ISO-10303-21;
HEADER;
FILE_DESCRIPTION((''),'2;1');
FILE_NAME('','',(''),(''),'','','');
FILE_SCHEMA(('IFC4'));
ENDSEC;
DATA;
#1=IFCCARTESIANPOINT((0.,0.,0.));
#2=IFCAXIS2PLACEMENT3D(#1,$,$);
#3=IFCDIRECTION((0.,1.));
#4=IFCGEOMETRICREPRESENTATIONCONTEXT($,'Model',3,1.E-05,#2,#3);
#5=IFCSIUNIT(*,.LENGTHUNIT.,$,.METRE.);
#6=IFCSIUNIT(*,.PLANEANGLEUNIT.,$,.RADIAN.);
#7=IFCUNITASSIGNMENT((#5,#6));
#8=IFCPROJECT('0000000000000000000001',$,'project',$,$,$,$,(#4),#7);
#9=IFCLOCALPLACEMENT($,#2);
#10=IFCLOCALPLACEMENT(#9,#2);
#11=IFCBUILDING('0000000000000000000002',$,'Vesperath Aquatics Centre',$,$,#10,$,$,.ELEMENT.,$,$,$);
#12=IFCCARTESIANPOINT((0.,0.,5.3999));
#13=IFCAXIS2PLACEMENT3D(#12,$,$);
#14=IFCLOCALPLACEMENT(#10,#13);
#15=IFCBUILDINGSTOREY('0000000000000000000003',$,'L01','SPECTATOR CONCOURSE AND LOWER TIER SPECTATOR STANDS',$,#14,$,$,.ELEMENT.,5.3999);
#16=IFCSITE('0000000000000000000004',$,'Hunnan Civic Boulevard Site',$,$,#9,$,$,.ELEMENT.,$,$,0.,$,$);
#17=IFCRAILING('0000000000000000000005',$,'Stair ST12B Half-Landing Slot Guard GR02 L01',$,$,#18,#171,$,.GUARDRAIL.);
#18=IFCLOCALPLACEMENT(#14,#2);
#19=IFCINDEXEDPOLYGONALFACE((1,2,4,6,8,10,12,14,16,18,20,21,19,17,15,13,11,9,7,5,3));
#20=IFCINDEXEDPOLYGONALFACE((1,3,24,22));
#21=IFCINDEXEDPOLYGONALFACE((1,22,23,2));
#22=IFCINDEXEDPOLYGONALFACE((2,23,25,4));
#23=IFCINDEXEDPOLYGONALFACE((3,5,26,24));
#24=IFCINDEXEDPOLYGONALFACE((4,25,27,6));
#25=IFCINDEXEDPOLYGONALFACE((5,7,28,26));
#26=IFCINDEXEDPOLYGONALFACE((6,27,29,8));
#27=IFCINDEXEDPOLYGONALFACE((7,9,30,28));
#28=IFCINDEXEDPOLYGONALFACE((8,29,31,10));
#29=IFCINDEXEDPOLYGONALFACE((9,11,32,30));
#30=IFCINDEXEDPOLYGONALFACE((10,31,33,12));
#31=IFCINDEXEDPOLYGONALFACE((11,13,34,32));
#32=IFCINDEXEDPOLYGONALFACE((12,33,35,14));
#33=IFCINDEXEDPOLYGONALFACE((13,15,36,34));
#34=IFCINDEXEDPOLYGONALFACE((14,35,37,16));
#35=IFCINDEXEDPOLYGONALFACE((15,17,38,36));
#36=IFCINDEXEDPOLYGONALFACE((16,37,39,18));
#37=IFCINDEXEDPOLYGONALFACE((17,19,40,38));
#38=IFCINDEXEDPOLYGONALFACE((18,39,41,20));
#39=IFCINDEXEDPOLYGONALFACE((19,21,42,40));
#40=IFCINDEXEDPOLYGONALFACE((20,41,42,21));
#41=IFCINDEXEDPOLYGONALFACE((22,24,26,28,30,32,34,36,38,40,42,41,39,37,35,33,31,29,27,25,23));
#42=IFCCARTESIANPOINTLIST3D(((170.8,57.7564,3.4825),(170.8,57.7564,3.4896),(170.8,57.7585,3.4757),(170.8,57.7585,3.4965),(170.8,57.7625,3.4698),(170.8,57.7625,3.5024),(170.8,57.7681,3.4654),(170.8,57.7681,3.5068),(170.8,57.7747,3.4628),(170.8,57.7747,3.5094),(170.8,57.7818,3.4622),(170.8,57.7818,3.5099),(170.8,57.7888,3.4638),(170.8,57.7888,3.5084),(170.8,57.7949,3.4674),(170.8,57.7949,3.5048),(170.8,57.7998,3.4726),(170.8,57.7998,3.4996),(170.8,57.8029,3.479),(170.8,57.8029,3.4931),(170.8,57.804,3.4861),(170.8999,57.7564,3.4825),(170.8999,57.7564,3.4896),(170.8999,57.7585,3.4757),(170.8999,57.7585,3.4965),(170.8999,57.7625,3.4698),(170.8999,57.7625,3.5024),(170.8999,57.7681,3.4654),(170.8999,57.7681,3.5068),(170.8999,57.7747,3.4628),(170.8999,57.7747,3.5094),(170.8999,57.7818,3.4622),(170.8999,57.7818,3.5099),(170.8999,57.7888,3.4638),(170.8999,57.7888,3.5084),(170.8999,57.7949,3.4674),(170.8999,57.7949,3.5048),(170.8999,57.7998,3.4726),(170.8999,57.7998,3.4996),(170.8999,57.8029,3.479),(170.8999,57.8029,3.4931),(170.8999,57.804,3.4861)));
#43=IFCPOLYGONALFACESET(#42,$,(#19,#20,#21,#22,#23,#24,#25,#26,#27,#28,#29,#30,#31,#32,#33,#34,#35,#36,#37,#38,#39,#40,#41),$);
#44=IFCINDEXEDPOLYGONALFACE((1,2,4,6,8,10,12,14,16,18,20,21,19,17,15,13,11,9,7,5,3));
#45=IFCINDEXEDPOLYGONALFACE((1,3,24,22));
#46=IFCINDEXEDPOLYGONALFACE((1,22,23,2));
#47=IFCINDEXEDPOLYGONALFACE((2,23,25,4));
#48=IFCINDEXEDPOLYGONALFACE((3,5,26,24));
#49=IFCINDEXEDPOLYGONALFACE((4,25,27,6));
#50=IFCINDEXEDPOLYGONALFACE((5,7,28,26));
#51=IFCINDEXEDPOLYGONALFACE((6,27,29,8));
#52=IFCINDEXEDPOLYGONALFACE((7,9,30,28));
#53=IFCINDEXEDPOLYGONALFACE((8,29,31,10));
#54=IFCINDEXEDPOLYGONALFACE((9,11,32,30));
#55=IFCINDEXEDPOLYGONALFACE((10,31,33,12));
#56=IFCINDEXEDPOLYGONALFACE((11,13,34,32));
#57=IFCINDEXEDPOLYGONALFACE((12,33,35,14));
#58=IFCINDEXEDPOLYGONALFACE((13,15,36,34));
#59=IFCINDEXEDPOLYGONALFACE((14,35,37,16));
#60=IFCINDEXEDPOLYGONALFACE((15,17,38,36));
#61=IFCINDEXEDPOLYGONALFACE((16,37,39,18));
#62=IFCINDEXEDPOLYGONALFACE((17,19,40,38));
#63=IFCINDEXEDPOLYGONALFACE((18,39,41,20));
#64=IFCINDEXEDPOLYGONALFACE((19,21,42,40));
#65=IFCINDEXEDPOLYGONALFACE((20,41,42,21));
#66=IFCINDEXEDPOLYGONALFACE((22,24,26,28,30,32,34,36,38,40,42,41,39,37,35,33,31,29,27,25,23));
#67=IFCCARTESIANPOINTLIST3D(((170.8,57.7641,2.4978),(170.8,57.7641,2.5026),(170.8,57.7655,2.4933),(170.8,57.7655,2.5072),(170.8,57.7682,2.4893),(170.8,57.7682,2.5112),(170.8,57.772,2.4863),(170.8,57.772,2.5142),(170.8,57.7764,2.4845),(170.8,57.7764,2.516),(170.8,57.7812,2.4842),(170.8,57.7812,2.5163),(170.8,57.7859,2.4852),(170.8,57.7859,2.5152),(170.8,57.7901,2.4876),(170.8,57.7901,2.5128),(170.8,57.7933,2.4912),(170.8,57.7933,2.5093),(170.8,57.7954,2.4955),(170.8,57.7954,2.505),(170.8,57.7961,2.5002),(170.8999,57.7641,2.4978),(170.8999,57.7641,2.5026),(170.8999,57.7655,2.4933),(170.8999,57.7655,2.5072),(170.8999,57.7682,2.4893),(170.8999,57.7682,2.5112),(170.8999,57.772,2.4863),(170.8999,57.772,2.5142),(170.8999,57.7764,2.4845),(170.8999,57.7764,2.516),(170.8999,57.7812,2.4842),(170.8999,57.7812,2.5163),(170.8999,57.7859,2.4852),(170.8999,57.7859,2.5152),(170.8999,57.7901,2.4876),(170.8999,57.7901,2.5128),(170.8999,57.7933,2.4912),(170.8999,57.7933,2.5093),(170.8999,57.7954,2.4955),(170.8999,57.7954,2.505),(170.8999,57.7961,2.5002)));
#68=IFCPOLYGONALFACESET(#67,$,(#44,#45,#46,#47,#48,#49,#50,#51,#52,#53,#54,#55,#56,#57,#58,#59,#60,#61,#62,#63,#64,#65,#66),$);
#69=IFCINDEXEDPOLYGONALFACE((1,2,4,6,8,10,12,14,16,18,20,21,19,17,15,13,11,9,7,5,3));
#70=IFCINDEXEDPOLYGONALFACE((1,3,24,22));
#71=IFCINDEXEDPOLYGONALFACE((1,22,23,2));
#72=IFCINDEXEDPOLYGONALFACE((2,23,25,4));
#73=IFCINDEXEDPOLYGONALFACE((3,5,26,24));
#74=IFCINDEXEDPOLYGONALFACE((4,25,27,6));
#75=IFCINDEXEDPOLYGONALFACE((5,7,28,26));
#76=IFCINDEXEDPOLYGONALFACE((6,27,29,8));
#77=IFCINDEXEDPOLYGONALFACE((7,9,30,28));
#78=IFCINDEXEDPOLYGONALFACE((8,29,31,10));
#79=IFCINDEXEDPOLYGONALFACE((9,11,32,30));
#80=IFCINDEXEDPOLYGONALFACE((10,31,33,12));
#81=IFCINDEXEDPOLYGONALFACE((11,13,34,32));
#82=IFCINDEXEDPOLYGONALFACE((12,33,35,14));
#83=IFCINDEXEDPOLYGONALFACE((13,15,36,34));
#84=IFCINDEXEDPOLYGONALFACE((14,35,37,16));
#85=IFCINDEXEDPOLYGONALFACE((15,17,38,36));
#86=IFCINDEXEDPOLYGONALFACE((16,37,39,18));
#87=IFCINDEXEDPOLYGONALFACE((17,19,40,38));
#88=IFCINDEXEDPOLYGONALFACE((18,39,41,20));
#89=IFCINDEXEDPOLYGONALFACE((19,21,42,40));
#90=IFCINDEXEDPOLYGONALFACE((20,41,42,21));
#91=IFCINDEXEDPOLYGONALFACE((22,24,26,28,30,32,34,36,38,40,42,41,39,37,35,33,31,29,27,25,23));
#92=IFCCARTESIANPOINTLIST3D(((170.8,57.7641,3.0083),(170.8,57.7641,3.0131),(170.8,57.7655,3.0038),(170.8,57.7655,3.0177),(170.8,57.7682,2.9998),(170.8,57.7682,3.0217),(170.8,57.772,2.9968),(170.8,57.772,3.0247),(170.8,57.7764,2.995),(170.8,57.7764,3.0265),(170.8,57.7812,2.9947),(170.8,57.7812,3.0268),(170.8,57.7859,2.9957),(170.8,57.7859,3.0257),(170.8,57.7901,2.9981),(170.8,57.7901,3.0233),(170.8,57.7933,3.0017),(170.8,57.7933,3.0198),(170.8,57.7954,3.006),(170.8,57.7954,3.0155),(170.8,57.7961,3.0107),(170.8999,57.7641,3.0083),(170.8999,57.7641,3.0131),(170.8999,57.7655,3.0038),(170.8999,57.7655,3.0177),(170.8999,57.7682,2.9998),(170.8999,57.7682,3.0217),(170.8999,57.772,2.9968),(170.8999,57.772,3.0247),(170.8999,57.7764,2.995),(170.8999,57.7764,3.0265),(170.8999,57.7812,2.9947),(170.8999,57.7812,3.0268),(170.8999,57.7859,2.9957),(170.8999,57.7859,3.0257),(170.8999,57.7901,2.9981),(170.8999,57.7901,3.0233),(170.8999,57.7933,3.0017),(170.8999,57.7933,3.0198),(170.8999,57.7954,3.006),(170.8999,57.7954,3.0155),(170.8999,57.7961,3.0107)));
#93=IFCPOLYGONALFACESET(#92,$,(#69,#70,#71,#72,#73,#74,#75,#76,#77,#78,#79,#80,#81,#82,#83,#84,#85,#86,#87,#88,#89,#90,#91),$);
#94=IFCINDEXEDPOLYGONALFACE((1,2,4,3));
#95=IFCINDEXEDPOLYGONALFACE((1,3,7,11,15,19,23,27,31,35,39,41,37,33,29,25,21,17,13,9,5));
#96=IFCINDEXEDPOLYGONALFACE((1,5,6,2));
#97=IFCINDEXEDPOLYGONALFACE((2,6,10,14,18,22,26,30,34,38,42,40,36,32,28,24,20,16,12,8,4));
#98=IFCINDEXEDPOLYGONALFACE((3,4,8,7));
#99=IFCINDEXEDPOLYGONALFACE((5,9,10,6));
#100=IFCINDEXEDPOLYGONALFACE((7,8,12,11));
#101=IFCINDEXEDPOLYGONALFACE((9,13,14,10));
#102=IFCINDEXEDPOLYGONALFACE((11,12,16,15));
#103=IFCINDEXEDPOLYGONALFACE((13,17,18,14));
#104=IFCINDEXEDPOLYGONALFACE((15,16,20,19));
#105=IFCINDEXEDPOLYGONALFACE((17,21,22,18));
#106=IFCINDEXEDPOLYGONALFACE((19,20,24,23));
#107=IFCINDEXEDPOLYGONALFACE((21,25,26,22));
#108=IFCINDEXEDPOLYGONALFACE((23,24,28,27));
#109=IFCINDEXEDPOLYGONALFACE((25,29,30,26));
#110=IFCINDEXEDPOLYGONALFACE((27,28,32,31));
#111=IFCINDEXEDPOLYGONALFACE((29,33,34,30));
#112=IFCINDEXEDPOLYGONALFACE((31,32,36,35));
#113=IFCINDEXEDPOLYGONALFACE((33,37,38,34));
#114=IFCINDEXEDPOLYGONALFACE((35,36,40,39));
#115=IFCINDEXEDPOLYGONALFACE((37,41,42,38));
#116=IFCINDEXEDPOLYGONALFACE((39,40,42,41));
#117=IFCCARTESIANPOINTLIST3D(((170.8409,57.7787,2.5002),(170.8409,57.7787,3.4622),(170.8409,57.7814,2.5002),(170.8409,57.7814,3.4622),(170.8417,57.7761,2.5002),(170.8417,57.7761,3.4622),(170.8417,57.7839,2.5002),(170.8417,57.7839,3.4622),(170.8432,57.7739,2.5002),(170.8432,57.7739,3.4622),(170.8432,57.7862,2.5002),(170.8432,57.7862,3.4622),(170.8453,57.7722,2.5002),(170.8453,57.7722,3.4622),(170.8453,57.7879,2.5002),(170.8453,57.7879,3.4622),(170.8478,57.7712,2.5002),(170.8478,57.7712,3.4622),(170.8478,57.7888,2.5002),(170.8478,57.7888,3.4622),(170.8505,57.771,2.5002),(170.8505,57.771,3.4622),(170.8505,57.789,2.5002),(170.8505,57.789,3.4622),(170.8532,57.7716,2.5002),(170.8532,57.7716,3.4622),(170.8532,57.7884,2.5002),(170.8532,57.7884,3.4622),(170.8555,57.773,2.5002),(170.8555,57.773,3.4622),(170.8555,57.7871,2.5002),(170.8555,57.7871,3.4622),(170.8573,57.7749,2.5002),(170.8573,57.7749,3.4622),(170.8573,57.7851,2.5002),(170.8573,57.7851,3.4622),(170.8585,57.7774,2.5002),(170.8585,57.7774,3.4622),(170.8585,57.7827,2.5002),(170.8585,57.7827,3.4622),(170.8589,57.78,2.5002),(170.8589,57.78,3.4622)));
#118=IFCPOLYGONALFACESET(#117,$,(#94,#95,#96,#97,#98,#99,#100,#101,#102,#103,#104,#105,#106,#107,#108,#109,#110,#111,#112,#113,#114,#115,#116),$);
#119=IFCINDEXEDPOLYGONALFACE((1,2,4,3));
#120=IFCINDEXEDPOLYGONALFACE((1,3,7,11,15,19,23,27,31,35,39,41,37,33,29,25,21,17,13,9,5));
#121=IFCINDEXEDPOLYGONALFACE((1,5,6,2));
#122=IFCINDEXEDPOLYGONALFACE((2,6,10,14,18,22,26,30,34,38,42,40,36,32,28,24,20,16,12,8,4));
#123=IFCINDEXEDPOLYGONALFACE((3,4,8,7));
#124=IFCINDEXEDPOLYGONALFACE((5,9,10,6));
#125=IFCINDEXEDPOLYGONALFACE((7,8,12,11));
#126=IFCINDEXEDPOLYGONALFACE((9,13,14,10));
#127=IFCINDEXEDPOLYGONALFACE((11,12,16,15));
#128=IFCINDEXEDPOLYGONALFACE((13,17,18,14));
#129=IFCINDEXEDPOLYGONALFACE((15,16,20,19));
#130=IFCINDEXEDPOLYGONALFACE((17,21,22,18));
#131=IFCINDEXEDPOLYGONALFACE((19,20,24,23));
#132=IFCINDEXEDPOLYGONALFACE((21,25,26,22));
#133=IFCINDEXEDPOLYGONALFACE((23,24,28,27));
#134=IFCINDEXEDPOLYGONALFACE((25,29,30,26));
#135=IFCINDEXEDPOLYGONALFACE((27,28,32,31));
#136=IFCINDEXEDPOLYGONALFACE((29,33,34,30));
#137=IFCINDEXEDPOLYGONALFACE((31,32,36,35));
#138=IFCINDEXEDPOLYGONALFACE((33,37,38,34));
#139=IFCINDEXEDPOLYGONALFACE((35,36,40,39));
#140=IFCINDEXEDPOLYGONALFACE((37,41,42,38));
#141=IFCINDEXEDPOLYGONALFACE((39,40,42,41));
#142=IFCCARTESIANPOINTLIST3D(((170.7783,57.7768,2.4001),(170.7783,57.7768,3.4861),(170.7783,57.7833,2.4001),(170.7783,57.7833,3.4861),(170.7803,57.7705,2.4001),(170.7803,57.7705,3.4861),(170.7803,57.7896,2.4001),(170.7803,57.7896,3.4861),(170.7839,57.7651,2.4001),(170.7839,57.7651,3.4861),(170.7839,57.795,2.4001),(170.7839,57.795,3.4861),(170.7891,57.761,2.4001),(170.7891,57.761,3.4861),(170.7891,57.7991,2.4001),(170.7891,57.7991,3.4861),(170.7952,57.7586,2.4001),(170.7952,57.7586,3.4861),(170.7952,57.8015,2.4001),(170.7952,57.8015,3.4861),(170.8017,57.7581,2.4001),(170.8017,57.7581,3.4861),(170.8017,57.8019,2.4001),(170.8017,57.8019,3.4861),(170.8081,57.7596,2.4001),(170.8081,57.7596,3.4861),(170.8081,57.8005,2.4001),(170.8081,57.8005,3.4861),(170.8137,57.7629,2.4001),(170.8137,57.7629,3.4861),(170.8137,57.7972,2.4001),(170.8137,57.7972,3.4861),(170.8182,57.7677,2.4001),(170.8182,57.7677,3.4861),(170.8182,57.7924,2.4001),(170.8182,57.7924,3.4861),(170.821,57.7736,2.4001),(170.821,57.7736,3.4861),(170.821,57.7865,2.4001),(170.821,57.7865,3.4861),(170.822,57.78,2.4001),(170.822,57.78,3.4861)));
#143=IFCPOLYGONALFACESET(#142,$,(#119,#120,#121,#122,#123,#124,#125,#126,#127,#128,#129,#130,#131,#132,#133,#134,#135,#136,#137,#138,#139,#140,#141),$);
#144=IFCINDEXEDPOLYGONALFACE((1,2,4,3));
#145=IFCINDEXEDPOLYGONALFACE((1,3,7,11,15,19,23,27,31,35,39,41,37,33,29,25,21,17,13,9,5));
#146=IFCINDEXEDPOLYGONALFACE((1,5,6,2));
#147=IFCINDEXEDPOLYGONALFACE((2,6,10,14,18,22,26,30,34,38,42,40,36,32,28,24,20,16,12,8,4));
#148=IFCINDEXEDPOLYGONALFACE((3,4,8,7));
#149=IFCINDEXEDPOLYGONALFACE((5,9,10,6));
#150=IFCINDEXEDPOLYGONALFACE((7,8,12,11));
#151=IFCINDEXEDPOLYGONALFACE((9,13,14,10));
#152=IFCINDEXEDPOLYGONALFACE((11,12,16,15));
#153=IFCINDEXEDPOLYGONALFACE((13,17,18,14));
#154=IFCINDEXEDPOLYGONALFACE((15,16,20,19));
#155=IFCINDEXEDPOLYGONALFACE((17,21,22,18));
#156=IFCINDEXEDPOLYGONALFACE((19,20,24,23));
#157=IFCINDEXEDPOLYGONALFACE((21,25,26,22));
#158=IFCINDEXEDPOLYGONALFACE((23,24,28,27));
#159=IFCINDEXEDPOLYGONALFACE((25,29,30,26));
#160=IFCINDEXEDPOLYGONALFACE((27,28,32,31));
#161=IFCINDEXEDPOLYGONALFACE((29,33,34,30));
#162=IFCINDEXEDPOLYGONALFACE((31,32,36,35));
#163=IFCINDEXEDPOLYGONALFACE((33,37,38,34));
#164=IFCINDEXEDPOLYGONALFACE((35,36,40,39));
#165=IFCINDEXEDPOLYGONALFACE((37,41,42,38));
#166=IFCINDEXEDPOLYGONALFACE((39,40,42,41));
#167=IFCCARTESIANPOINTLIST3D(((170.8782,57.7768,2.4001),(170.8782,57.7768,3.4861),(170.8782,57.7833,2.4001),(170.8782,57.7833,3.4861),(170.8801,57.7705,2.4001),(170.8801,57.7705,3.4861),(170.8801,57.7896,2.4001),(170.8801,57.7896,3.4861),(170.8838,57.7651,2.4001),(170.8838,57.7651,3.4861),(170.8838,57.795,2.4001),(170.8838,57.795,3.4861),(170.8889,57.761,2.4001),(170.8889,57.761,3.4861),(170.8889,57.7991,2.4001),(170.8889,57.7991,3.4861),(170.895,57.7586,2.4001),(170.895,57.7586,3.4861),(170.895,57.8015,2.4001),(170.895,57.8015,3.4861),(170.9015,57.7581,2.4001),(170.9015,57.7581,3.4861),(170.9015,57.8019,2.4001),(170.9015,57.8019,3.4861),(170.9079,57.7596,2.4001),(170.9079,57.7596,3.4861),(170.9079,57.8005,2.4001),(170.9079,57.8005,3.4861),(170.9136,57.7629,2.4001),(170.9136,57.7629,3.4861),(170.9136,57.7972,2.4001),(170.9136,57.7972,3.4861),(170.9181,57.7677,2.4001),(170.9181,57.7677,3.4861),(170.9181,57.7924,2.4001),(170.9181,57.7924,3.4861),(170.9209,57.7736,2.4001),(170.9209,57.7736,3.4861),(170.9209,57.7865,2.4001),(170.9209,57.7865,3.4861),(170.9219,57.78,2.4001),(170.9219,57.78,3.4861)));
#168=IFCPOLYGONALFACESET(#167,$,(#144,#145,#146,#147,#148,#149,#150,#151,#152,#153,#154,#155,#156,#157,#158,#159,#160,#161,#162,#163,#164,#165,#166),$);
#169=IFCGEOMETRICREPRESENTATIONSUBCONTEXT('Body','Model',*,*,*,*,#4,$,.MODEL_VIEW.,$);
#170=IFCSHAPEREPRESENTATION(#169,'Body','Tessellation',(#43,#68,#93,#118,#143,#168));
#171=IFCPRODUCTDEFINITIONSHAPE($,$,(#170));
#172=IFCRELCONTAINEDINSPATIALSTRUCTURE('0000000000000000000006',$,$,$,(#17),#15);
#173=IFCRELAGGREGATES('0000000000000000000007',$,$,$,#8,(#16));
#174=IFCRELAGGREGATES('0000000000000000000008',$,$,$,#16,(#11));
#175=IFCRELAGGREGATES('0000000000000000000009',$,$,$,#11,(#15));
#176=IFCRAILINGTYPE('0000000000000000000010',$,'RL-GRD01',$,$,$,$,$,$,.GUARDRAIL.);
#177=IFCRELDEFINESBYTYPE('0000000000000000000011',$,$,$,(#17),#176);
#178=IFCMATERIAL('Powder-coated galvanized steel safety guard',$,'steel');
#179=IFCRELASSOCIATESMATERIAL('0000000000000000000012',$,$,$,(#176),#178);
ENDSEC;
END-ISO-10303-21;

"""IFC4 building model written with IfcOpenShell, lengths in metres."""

from ifc_helpers import new_model, si_unit, direction, frame, origin, origin_2d, place, context, subcontext, project, spatial, circle, extrude, material, type_object, element, save


model = new_model("IFC4")

# Units and contexts
model_context = context("Model", 3, precision=1e-05, world=origin(), true_north=direction((0.0, 1.0)))
body_context = subcontext(model_context, "Body", "Model", "MODEL_VIEW")
ifc_project = project(units=[si_unit("LENGTHUNIT", "METRE"), si_unit("PLANEANGLEUNIT", "RADIAN")], contexts=[model_context])

# Site, building, storey
site_placement = place(None, origin())
site = spatial("IfcSite", under=ifc_project, at=site_placement, Name="Hunnan Civic Boulevard Site", CompositionType="ELEMENT", RefElevation=0.0)
building_placement = place(site_placement, origin())
building = spatial("IfcBuilding", under=site, at=building_placement, Name="Vesperath Aquatics Centre", CompositionType="ELEMENT")
storey_placement = place(building_placement, frame((0.0, 0.0, 5.3999)))
storey = spatial("IfcBuildingStorey", under=building, at=storey_placement, Name="L01", Description="SPECTATOR CONCOURSE AND LOWER TIER SPECTATOR STANDS", CompositionType="ELEMENT", Elevation=5.3999)

# Railing
ifc_material_1 = material(Name="Powder-coated galvanized steel safety guard", Category="steel")
railing_type_1 = type_object("IfcRailingType", Name="RL-GRD01", PredefinedType="GUARDRAIL", material=ifc_material_1)
railing_1_placement = place(storey_placement, frame((170.8, 57.78, 2.4001)))
element("IfcRailing", 1, at=railing_1_placement, inside=storey, type_object=railing_type_1, Name="Stair ST12B Half-Landing Slot Guard GR02 L01", PredefinedType="GUARDRAIL", context=body_context, shape_type="SweptSolid", body=[
    extrude(circle(Radius=0.0239, at=origin_2d()), frame((0.0, 0.0, 1.0859), z_axis=(1.0, 0.0, 0.0), x_axis=(0.0, 1.0, 0.0)), (0.0, 0.0, 1.0), 0.0999),
    extrude(circle(Radius=0.0161, at=origin_2d()), frame((0.0, 0.0, 0.1001), z_axis=(1.0, 0.0, 0.0), x_axis=(0.0, 1.0, 0.0)), (0.0, 0.0, 1.0), 0.0999),
    extrude(circle(Radius=0.0161, at=origin_2d()), frame((0.0, 0.0, 0.6106), z_axis=(1.0, 0.0, 0.0), x_axis=(0.0, 1.0, 0.0)), (0.0, 0.0, 1.0), 0.0999),
    extrude(circle(Radius=0.009, at=origin_2d()), frame((0.0498, 0.0, 0.1001)), (0.0, 0.0, 1.0), 0.9619),
    extrude(circle(Radius=0.022, at=origin_2d()), origin(), (0.0, 0.0, 1.0), 1.0859),
    extrude(circle(Radius=0.022, at=origin_2d()), frame((0.0999, 0.0, 0.0)), (0.0, 0.0, 1.0), 1.0859),
])

save(model, "model.ifc")
